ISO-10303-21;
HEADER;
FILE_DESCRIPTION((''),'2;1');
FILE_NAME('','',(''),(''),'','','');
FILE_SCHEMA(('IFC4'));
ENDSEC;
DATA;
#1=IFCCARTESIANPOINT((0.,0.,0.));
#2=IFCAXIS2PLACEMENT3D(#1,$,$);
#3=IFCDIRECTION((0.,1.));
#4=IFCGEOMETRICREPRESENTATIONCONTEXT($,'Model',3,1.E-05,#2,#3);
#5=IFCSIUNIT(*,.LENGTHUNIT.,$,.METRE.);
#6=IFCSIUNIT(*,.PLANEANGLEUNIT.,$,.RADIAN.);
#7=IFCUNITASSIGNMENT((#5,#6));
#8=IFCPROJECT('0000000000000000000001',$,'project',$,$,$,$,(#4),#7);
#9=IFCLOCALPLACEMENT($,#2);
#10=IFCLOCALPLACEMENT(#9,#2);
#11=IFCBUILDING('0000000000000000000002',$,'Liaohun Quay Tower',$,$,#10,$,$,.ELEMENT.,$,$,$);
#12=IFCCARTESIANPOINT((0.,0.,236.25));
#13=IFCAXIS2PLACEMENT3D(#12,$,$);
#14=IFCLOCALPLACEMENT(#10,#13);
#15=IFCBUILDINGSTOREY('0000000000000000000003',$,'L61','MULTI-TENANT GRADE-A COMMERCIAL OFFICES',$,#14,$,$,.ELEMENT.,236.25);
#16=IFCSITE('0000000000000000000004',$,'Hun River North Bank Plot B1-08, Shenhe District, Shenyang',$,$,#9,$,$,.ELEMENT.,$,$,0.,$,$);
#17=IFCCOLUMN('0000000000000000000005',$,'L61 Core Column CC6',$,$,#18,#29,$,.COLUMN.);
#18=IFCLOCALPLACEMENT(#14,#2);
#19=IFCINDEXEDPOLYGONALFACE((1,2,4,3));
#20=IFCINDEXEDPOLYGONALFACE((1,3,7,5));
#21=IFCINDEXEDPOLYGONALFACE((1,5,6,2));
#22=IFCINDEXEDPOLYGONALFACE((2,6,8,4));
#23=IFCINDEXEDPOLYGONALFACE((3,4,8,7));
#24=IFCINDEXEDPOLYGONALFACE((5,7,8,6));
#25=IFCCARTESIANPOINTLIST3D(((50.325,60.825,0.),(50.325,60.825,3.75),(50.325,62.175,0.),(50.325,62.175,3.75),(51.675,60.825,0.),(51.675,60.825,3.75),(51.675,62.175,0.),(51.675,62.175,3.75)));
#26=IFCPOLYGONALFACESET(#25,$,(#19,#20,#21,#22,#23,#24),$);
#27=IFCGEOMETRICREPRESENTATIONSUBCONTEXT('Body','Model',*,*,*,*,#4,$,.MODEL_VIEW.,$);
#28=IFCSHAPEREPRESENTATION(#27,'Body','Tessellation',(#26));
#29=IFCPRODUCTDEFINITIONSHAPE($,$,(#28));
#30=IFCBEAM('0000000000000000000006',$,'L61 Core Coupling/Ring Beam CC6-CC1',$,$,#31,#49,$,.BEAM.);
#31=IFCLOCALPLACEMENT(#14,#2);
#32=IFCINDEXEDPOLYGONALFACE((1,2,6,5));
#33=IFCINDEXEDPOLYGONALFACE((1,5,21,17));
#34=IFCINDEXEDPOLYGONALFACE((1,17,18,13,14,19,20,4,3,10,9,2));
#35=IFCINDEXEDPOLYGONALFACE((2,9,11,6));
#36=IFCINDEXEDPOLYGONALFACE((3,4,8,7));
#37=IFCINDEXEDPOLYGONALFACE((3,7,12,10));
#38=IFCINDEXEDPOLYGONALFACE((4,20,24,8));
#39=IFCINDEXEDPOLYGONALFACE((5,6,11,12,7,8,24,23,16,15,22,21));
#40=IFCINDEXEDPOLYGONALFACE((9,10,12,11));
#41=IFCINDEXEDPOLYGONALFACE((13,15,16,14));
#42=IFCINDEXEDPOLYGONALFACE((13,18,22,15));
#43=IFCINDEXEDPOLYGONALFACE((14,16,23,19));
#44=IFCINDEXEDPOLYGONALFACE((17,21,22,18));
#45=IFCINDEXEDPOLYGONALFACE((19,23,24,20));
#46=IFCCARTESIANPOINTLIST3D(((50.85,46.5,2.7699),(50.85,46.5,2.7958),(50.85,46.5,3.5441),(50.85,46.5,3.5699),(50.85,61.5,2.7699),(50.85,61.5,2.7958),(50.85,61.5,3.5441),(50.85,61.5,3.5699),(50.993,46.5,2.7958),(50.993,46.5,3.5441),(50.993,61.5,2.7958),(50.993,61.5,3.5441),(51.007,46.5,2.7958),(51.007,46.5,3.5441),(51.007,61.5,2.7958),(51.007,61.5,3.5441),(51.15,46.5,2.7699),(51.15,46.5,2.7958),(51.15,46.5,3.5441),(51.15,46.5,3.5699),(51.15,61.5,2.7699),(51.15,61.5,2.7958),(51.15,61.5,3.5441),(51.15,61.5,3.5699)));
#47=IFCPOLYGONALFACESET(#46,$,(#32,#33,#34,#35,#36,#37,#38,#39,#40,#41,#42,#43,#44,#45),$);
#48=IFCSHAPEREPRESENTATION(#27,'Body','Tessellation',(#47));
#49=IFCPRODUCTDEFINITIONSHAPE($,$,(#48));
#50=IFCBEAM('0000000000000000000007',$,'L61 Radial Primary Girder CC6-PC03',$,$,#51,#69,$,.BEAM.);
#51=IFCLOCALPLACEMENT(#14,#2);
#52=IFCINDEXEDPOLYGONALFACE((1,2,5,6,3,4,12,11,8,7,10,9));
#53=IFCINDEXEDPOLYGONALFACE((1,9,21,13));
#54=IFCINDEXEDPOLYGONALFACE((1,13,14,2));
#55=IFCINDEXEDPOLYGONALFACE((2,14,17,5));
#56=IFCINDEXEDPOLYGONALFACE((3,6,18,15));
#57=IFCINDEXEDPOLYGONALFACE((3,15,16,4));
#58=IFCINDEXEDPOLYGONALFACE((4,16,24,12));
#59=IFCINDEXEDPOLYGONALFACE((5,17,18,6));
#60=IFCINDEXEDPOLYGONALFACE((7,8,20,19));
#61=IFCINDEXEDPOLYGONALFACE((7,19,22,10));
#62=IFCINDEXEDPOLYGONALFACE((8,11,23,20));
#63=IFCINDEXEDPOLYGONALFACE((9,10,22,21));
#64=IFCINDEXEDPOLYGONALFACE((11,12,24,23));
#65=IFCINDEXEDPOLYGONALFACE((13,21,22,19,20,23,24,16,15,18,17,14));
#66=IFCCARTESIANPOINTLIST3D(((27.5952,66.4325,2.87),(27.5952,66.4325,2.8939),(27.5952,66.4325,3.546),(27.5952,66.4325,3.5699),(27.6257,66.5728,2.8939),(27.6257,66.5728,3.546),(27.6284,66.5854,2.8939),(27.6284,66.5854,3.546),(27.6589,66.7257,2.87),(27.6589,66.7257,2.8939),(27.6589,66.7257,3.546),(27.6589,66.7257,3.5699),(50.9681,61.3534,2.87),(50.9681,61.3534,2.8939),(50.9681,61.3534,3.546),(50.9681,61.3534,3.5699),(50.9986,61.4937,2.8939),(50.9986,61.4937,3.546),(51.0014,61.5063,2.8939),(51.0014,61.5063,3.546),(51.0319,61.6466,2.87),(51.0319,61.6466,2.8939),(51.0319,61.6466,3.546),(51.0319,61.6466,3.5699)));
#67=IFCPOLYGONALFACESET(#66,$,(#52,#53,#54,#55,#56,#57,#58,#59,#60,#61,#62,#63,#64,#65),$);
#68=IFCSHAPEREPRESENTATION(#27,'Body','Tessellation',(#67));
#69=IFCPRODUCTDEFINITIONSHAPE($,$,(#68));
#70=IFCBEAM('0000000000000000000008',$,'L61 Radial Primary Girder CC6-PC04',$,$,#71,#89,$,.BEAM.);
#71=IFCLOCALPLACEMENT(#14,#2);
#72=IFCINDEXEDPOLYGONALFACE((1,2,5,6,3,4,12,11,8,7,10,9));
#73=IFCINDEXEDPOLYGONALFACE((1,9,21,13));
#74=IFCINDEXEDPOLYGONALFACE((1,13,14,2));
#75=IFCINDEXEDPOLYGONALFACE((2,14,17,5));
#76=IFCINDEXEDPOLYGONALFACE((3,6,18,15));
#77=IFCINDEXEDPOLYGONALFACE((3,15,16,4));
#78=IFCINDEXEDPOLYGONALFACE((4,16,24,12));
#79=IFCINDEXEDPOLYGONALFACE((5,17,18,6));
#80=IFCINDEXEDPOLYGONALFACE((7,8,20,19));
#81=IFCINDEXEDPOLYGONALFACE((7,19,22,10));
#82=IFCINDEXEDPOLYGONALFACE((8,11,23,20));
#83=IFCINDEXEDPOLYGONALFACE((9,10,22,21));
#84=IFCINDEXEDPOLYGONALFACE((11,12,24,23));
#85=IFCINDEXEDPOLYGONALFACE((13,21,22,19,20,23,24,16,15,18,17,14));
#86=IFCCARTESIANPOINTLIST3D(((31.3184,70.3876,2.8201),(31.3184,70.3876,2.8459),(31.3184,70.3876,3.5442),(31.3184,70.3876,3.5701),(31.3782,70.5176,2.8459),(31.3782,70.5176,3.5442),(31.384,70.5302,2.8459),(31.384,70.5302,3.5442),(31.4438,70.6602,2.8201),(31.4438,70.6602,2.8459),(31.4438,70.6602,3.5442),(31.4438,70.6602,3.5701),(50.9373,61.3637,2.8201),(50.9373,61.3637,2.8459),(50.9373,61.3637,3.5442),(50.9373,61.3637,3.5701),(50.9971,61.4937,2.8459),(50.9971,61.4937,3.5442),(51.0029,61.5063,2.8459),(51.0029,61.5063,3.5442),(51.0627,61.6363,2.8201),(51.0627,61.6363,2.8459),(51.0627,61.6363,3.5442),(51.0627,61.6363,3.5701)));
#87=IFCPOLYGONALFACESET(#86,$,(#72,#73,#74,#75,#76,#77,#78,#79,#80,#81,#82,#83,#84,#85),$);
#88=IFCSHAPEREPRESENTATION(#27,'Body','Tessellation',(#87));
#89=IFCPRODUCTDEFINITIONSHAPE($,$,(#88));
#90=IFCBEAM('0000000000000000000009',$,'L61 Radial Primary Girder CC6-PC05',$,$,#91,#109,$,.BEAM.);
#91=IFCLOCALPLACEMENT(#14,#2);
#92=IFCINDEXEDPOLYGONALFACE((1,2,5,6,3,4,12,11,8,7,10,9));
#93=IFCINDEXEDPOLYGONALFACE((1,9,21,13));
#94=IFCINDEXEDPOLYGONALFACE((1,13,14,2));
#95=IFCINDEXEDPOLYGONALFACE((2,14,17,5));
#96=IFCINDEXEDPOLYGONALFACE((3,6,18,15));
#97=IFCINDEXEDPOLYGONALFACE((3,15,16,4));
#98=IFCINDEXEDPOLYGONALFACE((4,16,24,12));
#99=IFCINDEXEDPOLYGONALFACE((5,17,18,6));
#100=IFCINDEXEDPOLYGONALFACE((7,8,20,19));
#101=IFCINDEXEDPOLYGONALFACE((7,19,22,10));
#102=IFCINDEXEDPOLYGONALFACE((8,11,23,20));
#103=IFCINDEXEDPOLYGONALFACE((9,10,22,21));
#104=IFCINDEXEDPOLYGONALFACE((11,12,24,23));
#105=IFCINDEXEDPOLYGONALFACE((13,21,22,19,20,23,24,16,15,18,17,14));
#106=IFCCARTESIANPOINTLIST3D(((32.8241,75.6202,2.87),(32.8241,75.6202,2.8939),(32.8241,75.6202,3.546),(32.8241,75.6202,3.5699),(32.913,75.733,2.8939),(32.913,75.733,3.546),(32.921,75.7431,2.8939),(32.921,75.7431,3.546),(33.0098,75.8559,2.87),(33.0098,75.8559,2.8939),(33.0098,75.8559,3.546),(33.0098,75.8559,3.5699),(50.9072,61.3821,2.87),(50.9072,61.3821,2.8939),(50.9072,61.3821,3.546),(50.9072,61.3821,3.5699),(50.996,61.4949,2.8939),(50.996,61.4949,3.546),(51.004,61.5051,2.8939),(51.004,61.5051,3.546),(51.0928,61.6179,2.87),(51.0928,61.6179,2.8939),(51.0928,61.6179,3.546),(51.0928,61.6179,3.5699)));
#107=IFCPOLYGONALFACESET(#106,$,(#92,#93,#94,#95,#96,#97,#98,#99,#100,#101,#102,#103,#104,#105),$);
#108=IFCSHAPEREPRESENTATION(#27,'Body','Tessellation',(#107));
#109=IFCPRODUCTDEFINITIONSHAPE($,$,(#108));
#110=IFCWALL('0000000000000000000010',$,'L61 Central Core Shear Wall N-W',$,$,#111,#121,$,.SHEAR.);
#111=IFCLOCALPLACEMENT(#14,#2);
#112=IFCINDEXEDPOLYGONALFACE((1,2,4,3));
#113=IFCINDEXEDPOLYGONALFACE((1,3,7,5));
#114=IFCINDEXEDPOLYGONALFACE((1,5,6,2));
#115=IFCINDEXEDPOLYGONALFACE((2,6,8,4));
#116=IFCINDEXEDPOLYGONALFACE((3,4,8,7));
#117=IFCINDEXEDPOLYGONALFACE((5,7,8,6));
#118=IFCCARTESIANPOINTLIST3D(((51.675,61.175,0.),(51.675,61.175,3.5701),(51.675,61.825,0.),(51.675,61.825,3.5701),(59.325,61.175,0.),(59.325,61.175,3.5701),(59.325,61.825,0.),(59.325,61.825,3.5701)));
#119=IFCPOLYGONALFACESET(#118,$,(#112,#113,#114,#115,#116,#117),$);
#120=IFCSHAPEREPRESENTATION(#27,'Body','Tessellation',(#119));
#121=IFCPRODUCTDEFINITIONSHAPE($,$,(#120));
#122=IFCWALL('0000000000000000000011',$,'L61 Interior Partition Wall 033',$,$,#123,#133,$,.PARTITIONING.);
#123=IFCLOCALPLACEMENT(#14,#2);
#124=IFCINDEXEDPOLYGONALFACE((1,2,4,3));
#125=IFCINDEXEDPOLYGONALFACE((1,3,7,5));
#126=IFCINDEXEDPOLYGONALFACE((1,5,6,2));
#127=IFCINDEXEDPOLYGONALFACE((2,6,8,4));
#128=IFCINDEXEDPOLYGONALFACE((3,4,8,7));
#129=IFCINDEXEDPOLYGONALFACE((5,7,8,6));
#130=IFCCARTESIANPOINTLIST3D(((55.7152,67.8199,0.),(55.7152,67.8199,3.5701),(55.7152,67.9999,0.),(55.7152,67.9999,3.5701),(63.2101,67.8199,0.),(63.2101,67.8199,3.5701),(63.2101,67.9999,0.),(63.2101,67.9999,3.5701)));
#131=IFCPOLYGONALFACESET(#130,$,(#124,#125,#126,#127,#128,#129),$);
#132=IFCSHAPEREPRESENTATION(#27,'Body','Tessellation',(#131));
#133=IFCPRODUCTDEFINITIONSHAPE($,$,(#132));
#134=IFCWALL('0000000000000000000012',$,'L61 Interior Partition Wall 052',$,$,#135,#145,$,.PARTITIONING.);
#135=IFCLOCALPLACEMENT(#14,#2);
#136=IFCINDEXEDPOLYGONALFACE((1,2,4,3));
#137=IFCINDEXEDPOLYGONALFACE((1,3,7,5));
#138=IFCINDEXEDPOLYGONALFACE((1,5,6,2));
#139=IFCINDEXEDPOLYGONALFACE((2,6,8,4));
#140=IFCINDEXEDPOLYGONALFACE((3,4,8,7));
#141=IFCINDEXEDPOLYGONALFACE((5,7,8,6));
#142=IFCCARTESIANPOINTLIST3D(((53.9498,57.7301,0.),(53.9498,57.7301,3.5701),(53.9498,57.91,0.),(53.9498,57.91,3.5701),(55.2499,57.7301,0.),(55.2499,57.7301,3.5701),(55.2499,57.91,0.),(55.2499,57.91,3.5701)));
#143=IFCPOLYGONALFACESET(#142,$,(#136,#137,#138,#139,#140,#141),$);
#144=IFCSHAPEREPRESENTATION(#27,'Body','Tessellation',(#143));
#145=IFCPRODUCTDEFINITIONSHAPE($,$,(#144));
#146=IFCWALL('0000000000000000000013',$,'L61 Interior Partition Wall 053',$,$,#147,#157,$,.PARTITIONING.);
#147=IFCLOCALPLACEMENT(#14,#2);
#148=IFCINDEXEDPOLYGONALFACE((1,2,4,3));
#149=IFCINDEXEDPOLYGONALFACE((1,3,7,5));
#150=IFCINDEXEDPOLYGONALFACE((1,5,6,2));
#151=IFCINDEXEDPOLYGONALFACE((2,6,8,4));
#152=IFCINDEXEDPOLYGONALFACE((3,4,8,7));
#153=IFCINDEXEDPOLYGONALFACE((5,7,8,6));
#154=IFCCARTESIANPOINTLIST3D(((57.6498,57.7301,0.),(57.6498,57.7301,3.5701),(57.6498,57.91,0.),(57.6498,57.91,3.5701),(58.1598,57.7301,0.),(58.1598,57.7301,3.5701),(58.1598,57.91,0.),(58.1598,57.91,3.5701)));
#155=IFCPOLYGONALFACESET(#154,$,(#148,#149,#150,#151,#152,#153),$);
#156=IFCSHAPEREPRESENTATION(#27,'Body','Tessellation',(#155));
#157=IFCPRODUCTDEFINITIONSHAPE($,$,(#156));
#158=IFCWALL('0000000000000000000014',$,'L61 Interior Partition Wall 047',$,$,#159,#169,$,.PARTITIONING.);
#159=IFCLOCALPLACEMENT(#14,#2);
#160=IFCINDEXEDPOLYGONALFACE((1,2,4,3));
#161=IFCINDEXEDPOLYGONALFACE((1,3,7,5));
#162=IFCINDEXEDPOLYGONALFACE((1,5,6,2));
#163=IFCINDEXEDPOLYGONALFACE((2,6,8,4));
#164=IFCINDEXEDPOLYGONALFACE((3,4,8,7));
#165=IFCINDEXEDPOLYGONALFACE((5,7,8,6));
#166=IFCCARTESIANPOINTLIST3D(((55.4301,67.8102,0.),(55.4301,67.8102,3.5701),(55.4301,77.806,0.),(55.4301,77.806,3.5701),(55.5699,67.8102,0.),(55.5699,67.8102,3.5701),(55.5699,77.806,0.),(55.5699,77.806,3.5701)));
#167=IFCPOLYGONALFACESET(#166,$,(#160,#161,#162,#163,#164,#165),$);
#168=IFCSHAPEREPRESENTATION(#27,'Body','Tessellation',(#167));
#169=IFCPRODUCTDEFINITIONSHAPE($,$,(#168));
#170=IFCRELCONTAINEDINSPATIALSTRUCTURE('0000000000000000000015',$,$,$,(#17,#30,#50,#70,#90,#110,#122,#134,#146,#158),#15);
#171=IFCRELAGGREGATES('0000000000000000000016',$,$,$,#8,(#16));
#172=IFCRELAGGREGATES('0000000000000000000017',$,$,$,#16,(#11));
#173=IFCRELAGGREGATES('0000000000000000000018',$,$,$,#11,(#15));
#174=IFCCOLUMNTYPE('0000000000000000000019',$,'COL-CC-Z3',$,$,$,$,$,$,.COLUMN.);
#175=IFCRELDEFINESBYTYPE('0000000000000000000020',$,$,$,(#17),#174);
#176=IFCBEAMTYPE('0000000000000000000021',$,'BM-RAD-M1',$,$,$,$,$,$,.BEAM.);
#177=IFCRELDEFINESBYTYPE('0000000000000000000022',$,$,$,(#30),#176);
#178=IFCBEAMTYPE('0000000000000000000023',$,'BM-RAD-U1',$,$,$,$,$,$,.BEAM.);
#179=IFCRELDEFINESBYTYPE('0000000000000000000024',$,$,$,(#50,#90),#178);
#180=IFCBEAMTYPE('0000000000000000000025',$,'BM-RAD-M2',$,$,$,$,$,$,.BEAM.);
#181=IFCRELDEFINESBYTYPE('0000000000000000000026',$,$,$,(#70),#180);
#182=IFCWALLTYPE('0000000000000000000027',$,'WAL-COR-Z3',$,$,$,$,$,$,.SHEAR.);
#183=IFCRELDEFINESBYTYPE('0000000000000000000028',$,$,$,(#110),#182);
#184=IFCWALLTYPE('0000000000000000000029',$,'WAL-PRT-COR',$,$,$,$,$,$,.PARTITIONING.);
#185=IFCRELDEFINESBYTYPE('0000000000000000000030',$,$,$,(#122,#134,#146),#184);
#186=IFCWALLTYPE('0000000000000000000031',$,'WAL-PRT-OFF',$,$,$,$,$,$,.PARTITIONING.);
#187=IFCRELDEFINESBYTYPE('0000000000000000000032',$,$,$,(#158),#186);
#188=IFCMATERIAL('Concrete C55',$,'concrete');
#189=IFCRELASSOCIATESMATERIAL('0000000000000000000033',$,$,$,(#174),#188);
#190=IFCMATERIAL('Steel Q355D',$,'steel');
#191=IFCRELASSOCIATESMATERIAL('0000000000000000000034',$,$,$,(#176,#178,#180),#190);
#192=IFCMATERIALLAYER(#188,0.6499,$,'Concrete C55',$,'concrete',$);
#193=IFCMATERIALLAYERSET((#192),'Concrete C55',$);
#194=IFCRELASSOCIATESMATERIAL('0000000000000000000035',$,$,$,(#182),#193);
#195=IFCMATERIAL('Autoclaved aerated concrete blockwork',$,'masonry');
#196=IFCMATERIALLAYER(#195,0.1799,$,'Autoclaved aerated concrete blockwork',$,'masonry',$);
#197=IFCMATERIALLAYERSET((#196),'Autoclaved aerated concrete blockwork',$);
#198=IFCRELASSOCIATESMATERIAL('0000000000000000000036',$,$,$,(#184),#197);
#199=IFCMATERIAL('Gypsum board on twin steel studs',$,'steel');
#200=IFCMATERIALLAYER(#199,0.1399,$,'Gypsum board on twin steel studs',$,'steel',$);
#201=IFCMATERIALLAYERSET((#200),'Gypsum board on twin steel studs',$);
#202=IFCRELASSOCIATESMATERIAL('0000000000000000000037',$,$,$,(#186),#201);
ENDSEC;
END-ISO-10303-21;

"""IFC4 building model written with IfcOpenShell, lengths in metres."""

from ifc_helpers import new_model, si_unit, direction, frame, frame_2d, origin, origin_2d, place, context, subcontext, project, spatial, rectangle, i_section, extrude, source, transform, mapped, material, layer, layer_set, material_profile, profile_set, type_object, element, save


model = new_model("IFC4")

# Units and contexts
model_context = context("Model", 3, precision=1e-05, world=origin(), true_north=direction((0.0, 1.0)))
body_context = subcontext(model_context, "Body", "Model", "MODEL_VIEW")
ifc_project = project(units=[si_unit("LENGTHUNIT", "METRE"), si_unit("PLANEANGLEUNIT", "RADIAN")], contexts=[model_context])

# Site, building, storey
site_placement = place(None, origin())
site = spatial("IfcSite", under=ifc_project, at=site_placement, Name="Hun River North Bank Plot B1-08, Shenhe District, Shenyang", CompositionType="ELEMENT", RefElevation=0.0)
building_placement = place(site_placement, origin())
building = spatial("IfcBuilding", under=site, at=building_placement, Name="Liaohun Quay Tower", CompositionType="ELEMENT")
storey_placement = place(building_placement, frame((0.0, 0.0, 236.25)))
storey = spatial("IfcBuildingStorey", under=building, at=storey_placement, Name="L61", Description="MULTI-TENANT GRADE-A COMMERCIAL OFFICES", CompositionType="ELEMENT", Elevation=236.25)

# Column
ifc_material_1 = material(Name="Concrete C55", Category="concrete")
ifc_material_profile_1 = material_profile(ifc_material_1, rectangle(XDim=1.3501, YDim=1.3501, at=origin_2d()), Name="RC1350x1350")
ifc_profile_set_1 = profile_set([ifc_material_profile_1], Name="Concrete C55")
column_type = type_object("IfcColumnType", Name="COL-CC-Z3", PredefinedType="COLUMN", material=ifc_profile_set_1)
shared_shape_1 = source(origin(), body_context, "Body", "SweptSolid", [
    extrude(rectangle(XDim=1.3501, YDim=1.3501, at=origin_2d()), origin(), (0.0, 0.0, 1.0), 3.75),
])
column_placement = place(storey_placement, frame((51.0, 61.5, 0.0), z_axis=(0.0, 0.0, 1.0), x_axis=(1.0, 0.0, 0.0)))
element("IfcColumn", 1, at=column_placement, inside=storey, type_object=column_type, Name="L61 Core Column CC6", PredefinedType="COLUMN", context=body_context, shape_type="MappedRepresentation", body=[
    mapped(shared_shape_1, transform((0.0, 0.0, 0.0), x_axis=(1.0, 0.0, 0.0), y_axis=(0.0, 1.0, 0.0), z_axis=(0.0, 0.0, 1.0), scale=1.0)),
])

# Beams
ifc_material_2 = material(Name="Steel Q355D", Category="steel")
ifc_material_profile_2 = material_profile(ifc_material_2, i_section(OverallWidth=0.3, OverallDepth=0.8, WebThickness=0.0139, FlangeThickness=0.0259, at=origin_2d()), Name="HN800x300x14x26")
ifc_profile_set_2 = profile_set([ifc_material_profile_2], Name="Steel Q355D")
beam_type_1 = type_object("IfcBeamType", Name="BM-RAD-M1", PredefinedType="BEAM", material=ifc_profile_set_2)
shared_shape_2 = source(origin(), body_context, "Body", "SweptSolid", [
    extrude(i_section(OverallWidth=0.3, OverallDepth=0.8, WebThickness=0.0139, FlangeThickness=0.0259, at=origin_2d()), origin(), (0.0, 0.0, 1.0), 15.0),
])
beam_1_placement = place(storey_placement, frame((51.0, 61.5, 3.1699), z_axis=(0.0, -1.0, 0.0), x_axis=(1.0, 0.0, 0.0)))
element("IfcBeam", 2, at=beam_1_placement, inside=storey, type_object=beam_type_1, Name="L61 Core Coupling/Ring Beam CC6-CC1", PredefinedType="BEAM", context=body_context, shape_type="MappedRepresentation", body=[
    mapped(shared_shape_2, transform((0.0, 0.0, 0.0), x_axis=(1.0, 0.0, 0.0), y_axis=(0.0, 1.0, 0.0), z_axis=(0.0, 0.0, 1.0), scale=1.0)),
])
ifc_material_profile_3 = material_profile(ifc_material_2, i_section(OverallWidth=0.3, OverallDepth=0.7, WebThickness=0.0129, FlangeThickness=0.0239, at=origin_2d()), Name="HN700x300x13x24")
ifc_profile_set_3 = profile_set([ifc_material_profile_3], Name="Steel Q355D")
beam_type_2 = type_object("IfcBeamType", Name="BM-RAD-U1", PredefinedType="BEAM", material=ifc_profile_set_3)
shared_shape_3 = source(origin(), body_context, "Body", "SweptSolid", [
    extrude(i_section(OverallWidth=0.3, OverallDepth=0.7, WebThickness=0.0129, FlangeThickness=0.0239, at=origin_2d()), origin(), (0.0, 0.0, 1.0), 23.9185),
])
beam_2_placement = place(storey_placement, frame((51.0, 61.5, 3.22), z_axis=(-0.977194, 0.21235, 0.0), x_axis=(-0.21235, -0.977194, 0.0)))
element("IfcBeam", 3, at=beam_2_placement, inside=storey, type_object=beam_type_2, Name="L61 Radial Primary Girder CC6-PC03", PredefinedType="BEAM", context=body_context, shape_type="MappedRepresentation", body=[
    mapped(shared_shape_3, transform((0.0, 0.0, 0.0), x_axis=(1.0, 0.0, 0.0), y_axis=(0.0, 1.0, 0.0), z_axis=(0.0, 0.0, 1.0), scale=1.0)),
])
ifc_material_profile_4 = material_profile(ifc_material_2, i_section(OverallWidth=0.3, OverallDepth=0.75, WebThickness=0.0139, FlangeThickness=0.0259, at=origin_2d()), Name="HN750x300x14x26")
ifc_profile_set_4 = profile_set([ifc_material_profile_4], Name="Steel Q355D")
beam_type_3 = type_object("IfcBeamType", Name="BM-RAD-M2", PredefinedType="BEAM", material=ifc_profile_set_4)
shared_shape_4 = source(origin(), body_context, "Body", "SweptSolid", [
    extrude(i_section(OverallWidth=0.3, OverallDepth=0.75, WebThickness=0.0139, FlangeThickness=0.0259, at=origin_2d()), origin(), (0.0, 0.0, 1.0), 21.5947),
])
beam_3_placement = place(storey_placement, frame((51.0, 61.5, 3.1951), z_axis=(-0.908504, 0.417876, 0.0), x_axis=(-0.417876, -0.908504, 0.0)))
element("IfcBeam", 4, at=beam_3_placement, inside=storey, type_object=beam_type_3, Name="L61 Radial Primary Girder CC6-PC04", PredefinedType="BEAM", context=body_context, shape_type="MappedRepresentation", body=[
    mapped(shared_shape_4, transform((0.0, 0.0, 0.0), x_axis=(1.0, 0.0, 0.0), y_axis=(0.0, 1.0, 0.0), z_axis=(0.0, 0.0, 1.0), scale=1.0)),
])
shared_shape_5 = source(origin(), body_context, "Body", "SweptSolid", [
    extrude(i_section(OverallWidth=0.3, OverallDepth=0.7, WebThickness=0.0129, FlangeThickness=0.0239, at=origin_2d()), origin(), (0.0, 0.0, 1.0), 23.0156),
])
beam_4_placement = place(storey_placement, frame((51.0, 61.5, 3.22), z_axis=(-0.785686, 0.618626, 0.0), x_axis=(-0.618626, -0.785686, 0.0)))
element("IfcBeam", 5, at=beam_4_placement, inside=storey, type_object=beam_type_2, Name="L61 Radial Primary Girder CC6-PC05", PredefinedType="BEAM", context=body_context, shape_type="MappedRepresentation", body=[
    mapped(shared_shape_5, transform((0.0, 0.0, 0.0), x_axis=(1.0, 0.0, 0.0), y_axis=(0.0, 1.0, 0.0), z_axis=(0.0, 0.0, 1.0), scale=1.0)),
])

# Walls
ifc_layer_1 = layer(ifc_material_1, 0.6499, Name="Concrete C55", Category="concrete")
ifc_layer_set_1 = layer_set([ifc_layer_1], Name="Concrete C55")
wall_type_1 = type_object("IfcWallType", Name="WAL-COR-Z3", PredefinedType="SHEAR", material=ifc_layer_set_1)
wall_1_placement = place(storey_placement, frame((51.675, 61.5, 0.0), z_axis=(0.0, 0.0, 1.0), x_axis=(1.0, 0.0, 0.0)))
element("IfcWall", 6, at=wall_1_placement, inside=storey, type_object=wall_type_1, Name="L61 Central Core Shear Wall N-W", PredefinedType="SHEAR", context=body_context, shape_type="SweptSolid", body=[
    extrude(rectangle(XDim=7.6499, YDim=0.6499, at=frame_2d((3.825, 0.0))), origin(), (0.0, 0.0, 1.0), 3.5701),
])
ifc_material_3 = material(Name="Autoclaved aerated concrete blockwork", Category="masonry")
ifc_layer_2 = layer(ifc_material_3, 0.1799, Name="Autoclaved aerated concrete blockwork", Category="masonry")
ifc_layer_set_2 = layer_set([ifc_layer_2], Name="Autoclaved aerated concrete blockwork")
wall_type_2 = type_object("IfcWallType", Name="WAL-PRT-COR", PredefinedType="PARTITIONING", material=ifc_layer_set_2)
wall_2_placement = place(storey_placement, frame((55.7151, 67.9099, 0.0), z_axis=(0.0, 0.0, 1.0), x_axis=(1.0, 0.0, 0.0)))
element("IfcWall", 7, at=wall_2_placement, inside=storey, type_object=wall_type_2, Name="L61 Interior Partition Wall 033", PredefinedType="PARTITIONING", context=body_context, shape_type="SweptSolid", body=[
    extrude(rectangle(XDim=7.4949, YDim=0.1799, at=frame_2d((3.7476, 0.0))), origin(), (0.0, 0.0, 1.0), 3.5701),
])
wall_3_placement = place(storey_placement, frame((53.95, 57.8201, 0.0), z_axis=(0.0, 0.0, 1.0), x_axis=(1.0, 0.0, 0.0)))
element("IfcWall", 8, at=wall_3_placement, inside=storey, type_object=wall_type_2, Name="L61 Interior Partition Wall 052", PredefinedType="PARTITIONING", context=body_context, shape_type="SweptSolid", body=[
    extrude(rectangle(XDim=1.3, YDim=0.1799, at=frame_2d((0.6499, 0.0))), origin(), (0.0, 0.0, 1.0), 3.5701),
])
wall_4_placement = place(storey_placement, frame((57.6499, 57.8201, 0.0), z_axis=(0.0, 0.0, 1.0), x_axis=(1.0, 0.0, 0.0)))
element("IfcWall", 9, at=wall_4_placement, inside=storey, type_object=wall_type_2, Name="L61 Interior Partition Wall 053", PredefinedType="PARTITIONING", context=body_context, shape_type="SweptSolid", body=[
    extrude(rectangle(XDim=0.51, YDim=0.1799, at=frame_2d((0.2549, 0.0))), origin(), (0.0, 0.0, 1.0), 3.5701),
])
ifc_material_4 = material(Name="Gypsum board on twin steel studs", Category="steel")
ifc_layer_3 = layer(ifc_material_4, 0.1399, Name="Gypsum board on twin steel studs", Category="steel")
ifc_layer_set_3 = layer_set([ifc_layer_3], Name="Gypsum board on twin steel studs")
wall_type_3 = type_object("IfcWallType", Name="WAL-PRT-OFF", PredefinedType="PARTITIONING", material=ifc_layer_set_3)
wall_5_placement = place(storey_placement, frame((55.5, 67.8101, 0.0), z_axis=(0.0, 0.0, 1.0), x_axis=(0.0, 1.0, 0.0)))
element("IfcWall", 10, at=wall_5_placement, inside=storey, type_object=wall_type_3, Name="L61 Interior Partition Wall 047", PredefinedType="PARTITIONING", context=body_context, shape_type="SweptSolid", body=[
    extrude(rectangle(XDim=9.9958, YDim=0.1399, at=frame_2d((4.998, 0.0))), origin(), (0.0, 0.0, 1.0), 3.5701),
])

save(model, "model.ifc")
